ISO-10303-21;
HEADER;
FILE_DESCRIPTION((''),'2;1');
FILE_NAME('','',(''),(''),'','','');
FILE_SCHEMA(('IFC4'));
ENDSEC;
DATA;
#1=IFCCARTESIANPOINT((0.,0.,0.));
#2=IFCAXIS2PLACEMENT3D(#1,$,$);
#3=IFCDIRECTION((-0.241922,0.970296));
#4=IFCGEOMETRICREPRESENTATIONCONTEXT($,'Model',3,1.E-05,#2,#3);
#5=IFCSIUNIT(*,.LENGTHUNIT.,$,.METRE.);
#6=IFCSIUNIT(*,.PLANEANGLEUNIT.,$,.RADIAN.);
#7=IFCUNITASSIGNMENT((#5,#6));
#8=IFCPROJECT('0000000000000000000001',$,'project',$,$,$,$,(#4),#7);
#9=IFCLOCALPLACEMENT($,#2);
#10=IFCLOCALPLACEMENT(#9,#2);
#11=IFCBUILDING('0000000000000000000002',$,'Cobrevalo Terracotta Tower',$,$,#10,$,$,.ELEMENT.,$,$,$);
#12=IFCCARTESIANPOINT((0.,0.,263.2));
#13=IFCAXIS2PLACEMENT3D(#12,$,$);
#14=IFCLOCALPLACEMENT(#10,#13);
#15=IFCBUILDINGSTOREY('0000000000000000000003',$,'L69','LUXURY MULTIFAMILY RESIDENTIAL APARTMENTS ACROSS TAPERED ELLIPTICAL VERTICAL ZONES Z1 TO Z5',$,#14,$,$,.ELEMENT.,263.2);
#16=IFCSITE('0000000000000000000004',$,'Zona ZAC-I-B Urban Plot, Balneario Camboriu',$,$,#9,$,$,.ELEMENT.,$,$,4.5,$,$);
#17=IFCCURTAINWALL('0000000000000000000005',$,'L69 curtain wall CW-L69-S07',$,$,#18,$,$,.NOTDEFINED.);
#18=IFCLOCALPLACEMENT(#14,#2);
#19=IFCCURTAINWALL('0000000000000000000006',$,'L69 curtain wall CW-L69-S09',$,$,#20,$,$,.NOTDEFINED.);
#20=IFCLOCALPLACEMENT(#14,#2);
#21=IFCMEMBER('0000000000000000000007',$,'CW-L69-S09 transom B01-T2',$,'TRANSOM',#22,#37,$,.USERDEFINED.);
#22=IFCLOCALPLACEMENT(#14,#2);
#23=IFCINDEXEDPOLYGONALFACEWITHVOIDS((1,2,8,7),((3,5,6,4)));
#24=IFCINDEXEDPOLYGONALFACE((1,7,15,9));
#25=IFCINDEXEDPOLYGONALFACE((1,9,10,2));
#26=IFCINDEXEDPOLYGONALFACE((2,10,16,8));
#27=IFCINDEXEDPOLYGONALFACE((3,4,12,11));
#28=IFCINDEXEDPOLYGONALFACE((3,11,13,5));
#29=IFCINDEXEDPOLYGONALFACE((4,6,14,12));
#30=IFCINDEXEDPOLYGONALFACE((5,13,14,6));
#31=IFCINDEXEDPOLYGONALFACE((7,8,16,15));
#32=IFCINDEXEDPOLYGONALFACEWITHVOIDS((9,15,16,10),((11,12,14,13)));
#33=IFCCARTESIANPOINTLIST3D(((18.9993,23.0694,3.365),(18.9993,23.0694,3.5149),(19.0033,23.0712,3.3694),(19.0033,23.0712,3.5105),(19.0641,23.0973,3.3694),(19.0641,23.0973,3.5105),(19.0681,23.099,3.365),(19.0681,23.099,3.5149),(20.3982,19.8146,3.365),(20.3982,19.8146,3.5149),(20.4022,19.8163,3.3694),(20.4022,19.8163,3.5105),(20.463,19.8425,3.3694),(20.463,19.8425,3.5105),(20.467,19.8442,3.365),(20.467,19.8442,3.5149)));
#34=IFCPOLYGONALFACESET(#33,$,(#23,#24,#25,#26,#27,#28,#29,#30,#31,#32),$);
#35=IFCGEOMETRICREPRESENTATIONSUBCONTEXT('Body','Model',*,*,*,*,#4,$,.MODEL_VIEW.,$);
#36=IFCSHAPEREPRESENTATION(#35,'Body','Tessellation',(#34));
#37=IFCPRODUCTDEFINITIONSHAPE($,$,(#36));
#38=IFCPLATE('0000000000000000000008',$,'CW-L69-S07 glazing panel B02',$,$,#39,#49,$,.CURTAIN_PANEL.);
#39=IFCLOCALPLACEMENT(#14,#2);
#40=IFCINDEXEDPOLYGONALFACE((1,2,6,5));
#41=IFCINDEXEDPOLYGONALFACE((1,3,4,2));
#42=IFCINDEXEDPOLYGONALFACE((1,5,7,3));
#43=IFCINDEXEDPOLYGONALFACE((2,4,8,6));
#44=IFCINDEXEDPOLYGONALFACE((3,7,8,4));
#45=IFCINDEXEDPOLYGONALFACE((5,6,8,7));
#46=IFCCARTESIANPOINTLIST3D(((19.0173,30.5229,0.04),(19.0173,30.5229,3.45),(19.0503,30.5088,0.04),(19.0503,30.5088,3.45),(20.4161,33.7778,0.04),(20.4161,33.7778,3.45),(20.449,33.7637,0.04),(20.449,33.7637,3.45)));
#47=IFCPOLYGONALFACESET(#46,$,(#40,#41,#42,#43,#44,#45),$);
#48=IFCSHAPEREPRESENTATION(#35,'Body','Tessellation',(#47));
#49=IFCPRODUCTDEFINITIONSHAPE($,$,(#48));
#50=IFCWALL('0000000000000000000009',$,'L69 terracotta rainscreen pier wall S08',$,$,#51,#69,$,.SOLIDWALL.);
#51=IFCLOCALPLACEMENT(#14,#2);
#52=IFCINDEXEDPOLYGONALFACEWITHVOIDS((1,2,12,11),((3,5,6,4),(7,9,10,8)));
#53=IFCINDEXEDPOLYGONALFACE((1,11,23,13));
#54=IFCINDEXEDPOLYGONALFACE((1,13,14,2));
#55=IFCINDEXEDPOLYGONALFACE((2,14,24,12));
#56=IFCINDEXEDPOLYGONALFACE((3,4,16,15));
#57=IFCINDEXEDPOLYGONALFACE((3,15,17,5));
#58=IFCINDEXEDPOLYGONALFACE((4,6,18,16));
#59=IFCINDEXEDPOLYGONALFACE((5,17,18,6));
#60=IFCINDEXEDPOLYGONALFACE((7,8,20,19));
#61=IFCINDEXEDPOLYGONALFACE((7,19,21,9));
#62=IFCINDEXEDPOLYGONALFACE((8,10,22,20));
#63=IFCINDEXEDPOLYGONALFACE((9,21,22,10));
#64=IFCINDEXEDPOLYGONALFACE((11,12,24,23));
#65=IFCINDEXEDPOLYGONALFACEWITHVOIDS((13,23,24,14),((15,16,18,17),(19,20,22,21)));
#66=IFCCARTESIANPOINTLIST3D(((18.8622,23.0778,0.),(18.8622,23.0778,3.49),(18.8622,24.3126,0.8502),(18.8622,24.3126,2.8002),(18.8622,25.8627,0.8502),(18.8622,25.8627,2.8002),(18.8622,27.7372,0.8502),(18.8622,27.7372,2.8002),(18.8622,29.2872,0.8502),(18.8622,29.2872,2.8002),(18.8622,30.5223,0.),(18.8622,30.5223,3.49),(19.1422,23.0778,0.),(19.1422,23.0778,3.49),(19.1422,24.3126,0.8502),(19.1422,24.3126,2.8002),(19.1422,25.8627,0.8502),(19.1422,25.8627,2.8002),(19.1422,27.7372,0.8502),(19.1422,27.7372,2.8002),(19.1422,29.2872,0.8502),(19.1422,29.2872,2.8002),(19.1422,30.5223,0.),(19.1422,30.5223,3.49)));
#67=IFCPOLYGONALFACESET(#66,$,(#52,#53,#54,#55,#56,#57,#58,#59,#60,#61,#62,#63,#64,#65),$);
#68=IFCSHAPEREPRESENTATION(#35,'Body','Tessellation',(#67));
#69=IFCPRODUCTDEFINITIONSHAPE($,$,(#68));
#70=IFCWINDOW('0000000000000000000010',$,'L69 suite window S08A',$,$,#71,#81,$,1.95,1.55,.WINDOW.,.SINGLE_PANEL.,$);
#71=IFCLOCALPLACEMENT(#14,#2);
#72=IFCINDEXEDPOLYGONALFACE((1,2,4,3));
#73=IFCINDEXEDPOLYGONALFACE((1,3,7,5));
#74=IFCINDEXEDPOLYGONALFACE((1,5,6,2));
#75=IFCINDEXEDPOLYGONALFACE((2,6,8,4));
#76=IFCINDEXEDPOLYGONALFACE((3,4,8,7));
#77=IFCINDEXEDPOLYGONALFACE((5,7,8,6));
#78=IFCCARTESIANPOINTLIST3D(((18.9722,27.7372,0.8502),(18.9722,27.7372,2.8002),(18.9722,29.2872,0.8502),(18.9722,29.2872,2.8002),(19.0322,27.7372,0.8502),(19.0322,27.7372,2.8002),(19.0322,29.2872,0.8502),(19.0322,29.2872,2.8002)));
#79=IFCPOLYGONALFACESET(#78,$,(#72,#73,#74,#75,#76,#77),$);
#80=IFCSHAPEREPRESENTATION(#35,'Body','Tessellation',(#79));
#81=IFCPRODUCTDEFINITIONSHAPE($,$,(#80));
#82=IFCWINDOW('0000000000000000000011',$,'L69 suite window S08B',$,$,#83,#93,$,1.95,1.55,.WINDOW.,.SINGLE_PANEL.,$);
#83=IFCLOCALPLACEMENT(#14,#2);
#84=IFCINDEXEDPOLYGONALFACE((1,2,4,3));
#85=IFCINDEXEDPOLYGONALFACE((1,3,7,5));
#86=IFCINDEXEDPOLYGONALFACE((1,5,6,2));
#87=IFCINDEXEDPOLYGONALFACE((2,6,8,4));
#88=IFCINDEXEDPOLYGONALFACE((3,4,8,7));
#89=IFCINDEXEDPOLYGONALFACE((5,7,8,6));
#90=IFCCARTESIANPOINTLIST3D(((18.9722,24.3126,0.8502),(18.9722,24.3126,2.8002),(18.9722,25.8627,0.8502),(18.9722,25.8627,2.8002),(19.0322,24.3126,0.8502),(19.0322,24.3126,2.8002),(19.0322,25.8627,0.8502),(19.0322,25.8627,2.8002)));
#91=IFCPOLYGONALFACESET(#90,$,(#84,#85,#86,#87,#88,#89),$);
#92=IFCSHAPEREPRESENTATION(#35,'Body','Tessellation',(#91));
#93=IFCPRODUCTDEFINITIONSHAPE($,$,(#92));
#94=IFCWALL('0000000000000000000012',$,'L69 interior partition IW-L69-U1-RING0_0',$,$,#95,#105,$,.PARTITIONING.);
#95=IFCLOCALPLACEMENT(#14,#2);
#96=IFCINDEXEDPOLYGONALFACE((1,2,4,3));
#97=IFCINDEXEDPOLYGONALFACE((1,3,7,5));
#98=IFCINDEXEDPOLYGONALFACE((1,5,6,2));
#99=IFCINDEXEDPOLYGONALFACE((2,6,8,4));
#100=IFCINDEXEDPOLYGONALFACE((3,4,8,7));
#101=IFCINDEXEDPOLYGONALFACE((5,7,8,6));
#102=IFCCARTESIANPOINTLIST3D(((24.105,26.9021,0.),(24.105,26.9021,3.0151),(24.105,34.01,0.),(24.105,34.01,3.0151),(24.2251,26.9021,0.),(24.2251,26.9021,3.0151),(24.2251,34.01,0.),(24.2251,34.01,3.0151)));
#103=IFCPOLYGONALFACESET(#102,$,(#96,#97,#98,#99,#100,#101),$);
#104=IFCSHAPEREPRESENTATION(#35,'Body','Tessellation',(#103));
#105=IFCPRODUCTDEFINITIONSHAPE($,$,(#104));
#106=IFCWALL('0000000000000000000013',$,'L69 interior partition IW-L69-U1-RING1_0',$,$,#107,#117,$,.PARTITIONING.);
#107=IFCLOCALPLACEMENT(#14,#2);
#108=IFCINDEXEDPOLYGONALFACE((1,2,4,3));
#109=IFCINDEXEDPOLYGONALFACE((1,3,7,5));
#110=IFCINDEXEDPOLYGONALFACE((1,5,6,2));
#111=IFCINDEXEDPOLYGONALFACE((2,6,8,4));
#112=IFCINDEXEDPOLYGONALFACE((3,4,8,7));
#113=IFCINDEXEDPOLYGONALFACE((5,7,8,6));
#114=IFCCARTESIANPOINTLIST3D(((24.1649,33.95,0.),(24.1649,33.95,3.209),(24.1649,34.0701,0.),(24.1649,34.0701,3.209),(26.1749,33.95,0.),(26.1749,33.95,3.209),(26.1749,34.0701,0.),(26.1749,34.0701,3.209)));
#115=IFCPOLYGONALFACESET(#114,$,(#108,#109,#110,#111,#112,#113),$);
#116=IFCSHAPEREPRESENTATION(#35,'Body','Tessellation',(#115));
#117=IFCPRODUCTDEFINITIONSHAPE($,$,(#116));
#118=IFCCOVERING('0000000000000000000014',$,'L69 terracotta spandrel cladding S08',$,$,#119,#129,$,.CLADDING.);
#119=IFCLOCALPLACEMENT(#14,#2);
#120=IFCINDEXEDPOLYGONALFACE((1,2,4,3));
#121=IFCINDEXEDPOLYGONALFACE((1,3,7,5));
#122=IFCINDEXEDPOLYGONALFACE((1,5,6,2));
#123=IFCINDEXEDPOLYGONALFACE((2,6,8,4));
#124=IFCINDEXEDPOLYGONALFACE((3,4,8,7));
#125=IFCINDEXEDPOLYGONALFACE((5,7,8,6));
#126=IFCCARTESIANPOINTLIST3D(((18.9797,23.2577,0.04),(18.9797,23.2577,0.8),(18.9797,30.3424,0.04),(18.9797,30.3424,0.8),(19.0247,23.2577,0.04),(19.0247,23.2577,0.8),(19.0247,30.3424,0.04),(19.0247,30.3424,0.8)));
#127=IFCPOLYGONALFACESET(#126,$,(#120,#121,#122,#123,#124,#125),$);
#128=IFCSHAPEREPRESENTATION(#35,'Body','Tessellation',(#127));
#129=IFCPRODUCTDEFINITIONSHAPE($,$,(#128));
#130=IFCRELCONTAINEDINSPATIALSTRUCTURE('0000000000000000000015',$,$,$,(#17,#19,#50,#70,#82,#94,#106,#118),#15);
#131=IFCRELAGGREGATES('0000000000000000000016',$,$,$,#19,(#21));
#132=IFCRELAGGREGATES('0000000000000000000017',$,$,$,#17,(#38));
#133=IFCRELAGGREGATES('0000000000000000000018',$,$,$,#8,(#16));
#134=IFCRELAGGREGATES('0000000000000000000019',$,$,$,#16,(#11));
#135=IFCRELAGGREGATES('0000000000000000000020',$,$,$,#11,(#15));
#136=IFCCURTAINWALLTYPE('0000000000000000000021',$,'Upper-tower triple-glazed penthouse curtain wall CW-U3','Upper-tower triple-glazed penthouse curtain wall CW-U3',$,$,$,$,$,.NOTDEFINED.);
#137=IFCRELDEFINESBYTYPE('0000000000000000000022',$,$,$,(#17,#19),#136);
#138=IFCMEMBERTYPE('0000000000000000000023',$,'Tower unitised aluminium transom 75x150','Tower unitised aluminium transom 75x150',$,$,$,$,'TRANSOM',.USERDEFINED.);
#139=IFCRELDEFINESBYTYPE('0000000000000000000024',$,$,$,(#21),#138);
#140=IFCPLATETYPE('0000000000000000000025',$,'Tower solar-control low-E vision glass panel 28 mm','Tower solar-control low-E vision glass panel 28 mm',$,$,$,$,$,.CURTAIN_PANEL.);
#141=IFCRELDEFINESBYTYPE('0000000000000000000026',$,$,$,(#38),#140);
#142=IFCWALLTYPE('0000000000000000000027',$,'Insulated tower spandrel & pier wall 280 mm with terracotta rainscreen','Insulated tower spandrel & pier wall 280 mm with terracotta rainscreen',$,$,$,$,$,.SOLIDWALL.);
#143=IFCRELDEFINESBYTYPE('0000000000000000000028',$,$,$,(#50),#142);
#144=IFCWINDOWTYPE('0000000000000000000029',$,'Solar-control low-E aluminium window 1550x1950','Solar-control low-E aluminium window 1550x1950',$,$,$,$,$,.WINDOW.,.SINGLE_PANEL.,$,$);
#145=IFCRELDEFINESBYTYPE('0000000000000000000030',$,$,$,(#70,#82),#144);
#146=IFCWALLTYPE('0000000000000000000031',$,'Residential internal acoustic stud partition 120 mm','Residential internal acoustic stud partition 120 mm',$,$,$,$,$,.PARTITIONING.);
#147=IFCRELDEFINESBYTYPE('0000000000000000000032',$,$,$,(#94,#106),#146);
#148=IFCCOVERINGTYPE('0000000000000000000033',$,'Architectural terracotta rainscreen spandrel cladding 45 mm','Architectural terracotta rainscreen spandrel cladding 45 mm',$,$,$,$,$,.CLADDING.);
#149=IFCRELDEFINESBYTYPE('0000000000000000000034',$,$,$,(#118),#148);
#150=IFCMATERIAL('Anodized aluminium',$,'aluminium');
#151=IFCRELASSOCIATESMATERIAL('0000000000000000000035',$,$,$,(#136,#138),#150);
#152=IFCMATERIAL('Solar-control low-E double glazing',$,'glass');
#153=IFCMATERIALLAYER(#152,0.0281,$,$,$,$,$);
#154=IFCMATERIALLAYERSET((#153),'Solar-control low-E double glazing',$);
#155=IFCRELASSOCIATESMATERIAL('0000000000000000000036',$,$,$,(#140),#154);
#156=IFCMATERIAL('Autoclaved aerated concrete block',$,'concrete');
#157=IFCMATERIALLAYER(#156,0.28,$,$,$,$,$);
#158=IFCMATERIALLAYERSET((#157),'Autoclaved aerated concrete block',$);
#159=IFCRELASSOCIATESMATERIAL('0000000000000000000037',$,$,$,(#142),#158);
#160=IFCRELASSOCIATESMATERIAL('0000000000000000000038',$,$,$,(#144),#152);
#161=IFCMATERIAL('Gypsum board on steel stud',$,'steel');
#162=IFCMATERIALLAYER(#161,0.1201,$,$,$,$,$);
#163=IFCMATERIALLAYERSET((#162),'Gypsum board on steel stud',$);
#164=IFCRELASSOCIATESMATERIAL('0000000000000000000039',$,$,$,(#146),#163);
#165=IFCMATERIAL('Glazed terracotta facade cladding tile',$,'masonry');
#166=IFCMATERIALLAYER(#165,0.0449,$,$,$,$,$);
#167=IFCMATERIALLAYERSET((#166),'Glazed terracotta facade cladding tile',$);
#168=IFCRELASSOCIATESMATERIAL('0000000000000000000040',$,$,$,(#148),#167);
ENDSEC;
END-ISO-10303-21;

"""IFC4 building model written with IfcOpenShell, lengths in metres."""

from ifc_helpers import new_model, si_unit, direction, frame, frame_2d, origin, origin_2d, place, context, subcontext, project, spatial, rectangle, hollow_rectangle, extrude, source, transform, mapped, material, layer, layer_set, material_profile, profile_set, type_object, element, fill, aggregate, save


model = new_model("IFC4")

# Units and contexts
model_context = context("Model", 3, precision=1e-05, world=origin(), true_north=direction((-0.241922, 0.970296)))
body_context = subcontext(model_context, "Body", "Model", "MODEL_VIEW")
ifc_project = project(units=[si_unit("LENGTHUNIT", "METRE"), si_unit("PLANEANGLEUNIT", "RADIAN")], contexts=[model_context])

# Site, building, storey
site_placement = place(None, origin())
site = spatial("IfcSite", under=ifc_project, at=site_placement, Name="Zona ZAC-I-B Urban Plot, Balneario Camboriu", CompositionType="ELEMENT", RefElevation=4.5)
building_placement = place(site_placement, origin())
building = spatial("IfcBuilding", under=site, at=building_placement, Name="Cobrevalo Terracotta Tower", CompositionType="ELEMENT")
storey_placement = place(building_placement, frame((0.0, 0.0, 263.2)))
storey = spatial("IfcBuildingStorey", under=building, at=storey_placement, Name="L69", Description="LUXURY MULTIFAMILY RESIDENTIAL APARTMENTS ACROSS TAPERED ELLIPTICAL VERTICAL ZONES Z1 TO Z5", CompositionType="ELEMENT", Elevation=263.2)

# Curtain wall
ifc_material_1 = material(Name="Anodized aluminium", Category="aluminium")
curtain_wall_type = type_object("IfcCurtainWallType", Name="Upper-tower triple-glazed penthouse curtain wall CW-U3", Description="Upper-tower triple-glazed penthouse curtain wall CW-U3", PredefinedType="NOTDEFINED", material=ifc_material_1)
curtain_wall_1_placement = place(storey_placement, origin())
curtain_wall_1 = element("IfcCurtainWall", 1, at=curtain_wall_1_placement, inside=storey, type_object=curtain_wall_type, Name="L69 curtain wall CW-L69-S07", PredefinedType="NOTDEFINED")

# Curtain wall
curtain_wall_2_placement = place(storey_placement, origin())
curtain_wall_2 = element("IfcCurtainWall", 2, at=curtain_wall_2_placement, inside=storey, type_object=curtain_wall_type, Name="L69 curtain wall CW-L69-S09", PredefinedType="NOTDEFINED")

# Member
ifc_material_profile_1 = material_profile(ifc_material_1, hollow_rectangle(XDim=0.075, YDim=0.1499, WallThickness=0.0044, at=origin_2d()), Name="CWT 75x150")
ifc_profile_set_1 = profile_set([ifc_material_profile_1], Name="Anodized aluminium")
member_type_1 = type_object("IfcMemberType", Name="Tower unitised aluminium transom 75x150", Description="Tower unitised aluminium transom 75x150", ElementType="TRANSOM", PredefinedType="USERDEFINED", material=ifc_profile_set_1)
shared_shape_1 = source(origin(), body_context, "Body", "SweptSolid", [
    extrude(hollow_rectangle(XDim=0.075, YDim=0.1499, WallThickness=0.0044, at=origin_2d()), origin(), (0.0, 0.0, 1.0), 3.5427),
])
member_1_placement = place(storey_placement, frame((19.0337, 23.0842, 3.4399), z_axis=(0.394867, -0.918738, 0.0), x_axis=(0.918738, 0.394867, 0.0)))
member_1 = element("IfcMember", 3, at=member_1_placement, type_object=member_type_1, Name="CW-L69-S09 transom B01-T2", ObjectType="TRANSOM", PredefinedType="USERDEFINED", context=body_context, shape_type="MappedRepresentation", body=[
    mapped(shared_shape_1, transform((0.0, 0.0, 0.0), scale=1.0)),
])
aggregate(curtain_wall_2, [member_1])

# Plate
ifc_material_2 = material(Name="Solar-control low-E double glazing", Category="glass")
ifc_layer_1 = layer(ifc_material_2, 0.0281)
ifc_layer_set_1 = layer_set([ifc_layer_1], Name="Solar-control low-E double glazing")
plate_type = type_object("IfcPlateType", Name="Tower solar-control low-E vision glass panel 28 mm", Description="Tower solar-control low-E vision glass panel 28 mm", PredefinedType="CURTAIN_PANEL", material=ifc_layer_set_1)
shared_shape_2 = source(origin(), body_context, "Body", "SweptSolid", [
    extrude(rectangle(XDim=3.5427, YDim=0.0359, at=origin_2d()), origin(), (0.0, 0.0, 1.0), 3.4099),
])
plate_placement = place(storey_placement, frame((19.7332, 32.1433, 0.04), z_axis=(0.0, 0.0, 1.0), x_axis=(-0.394829, -0.918755, 0.0)))
plate = element("IfcPlate", 4, at=plate_placement, type_object=plate_type, Name="CW-L69-S07 glazing panel B02", PredefinedType="CURTAIN_PANEL", context=body_context, shape_type="MappedRepresentation", body=[
    mapped(shared_shape_2, transform((0.0, 0.0, 0.0), scale=1.0)),
])
aggregate(curtain_wall_1, [plate])

# Wall, openings, windows
ifc_material_3 = material(Name="Autoclaved aerated concrete block", Category="concrete")
ifc_layer_2 = layer(ifc_material_3, 0.28)
ifc_layer_set_2 = layer_set([ifc_layer_2], Name="Autoclaved aerated concrete block")
wall_type_1 = type_object("IfcWallType", Name="Insulated tower spandrel & pier wall 280 mm with terracotta rainscreen", Description="Insulated tower spandrel & pier wall 280 mm with terracotta rainscreen", PredefinedType="SOLIDWALL", material=ifc_layer_set_2)
wall_1_placement = place(storey_placement, frame((19.0022, 30.5222, 0.0), z_axis=(0.0, 0.0, 1.0), x_axis=(0.0, -1.0, 0.0)))
wall_1 = element("IfcWall", 5, at=wall_1_placement, inside=storey, type_object=wall_type_1, Name="L69 terracotta rainscreen pier wall S08", PredefinedType="SOLIDWALL", context=body_context, shape_type="SweptSolid", body=[
    extrude(rectangle(XDim=7.4446, YDim=0.28, at=frame_2d((3.7222, 0.0))), origin(), (0.0, 0.0, 1.0), 3.49),
])
opening_1_placement = place(wall_1_placement, frame((1.2351, 0.0, 0.8501)))
opening_1 = element("IfcOpeningElement", 6, at=opening_1_placement, cuts=wall_1, PredefinedType="OPENING", context=body_context, shape_type="SweptSolid", body=[
    extrude(rectangle(XDim=1.55, YDim=1.95, at=frame_2d((0.7749, 0.9751))), frame((0.0, 0.1499, 0.0), z_axis=(0.0, -1.0, 0.0), x_axis=(1.0, 0.0, 0.0)), (0.0, 0.0, 1.0), 0.3),
])
opening_2_placement = place(wall_1_placement, frame((4.6597, 0.0, 0.8501)))
opening_2 = element("IfcOpeningElement", 7, at=opening_2_placement, cuts=wall_1, PredefinedType="OPENING", context=body_context, shape_type="SweptSolid", body=[
    extrude(rectangle(XDim=1.55, YDim=1.95, at=frame_2d((0.7749, 0.9751))), frame((0.0, 0.1499, 0.0), z_axis=(0.0, -1.0, 0.0), x_axis=(1.0, 0.0, 0.0)), (0.0, 0.0, 1.0), 0.3),
])
window_type = type_object("IfcWindowType", Name="Solar-control low-E aluminium window 1550x1950", Description="Solar-control low-E aluminium window 1550x1950", PartitioningType="SINGLE_PANEL", PredefinedType="WINDOW", material=ifc_material_2)
shared_shape_3 = source(origin(), body_context, "Body", "SweptSolid", [
    extrude(rectangle(XDim=1.55, YDim=1.95, at=frame_2d((0.7749, 0.9751))), frame((0.0, 0.03, 0.0), z_axis=(0.0, -1.0, 0.0), x_axis=(1.0, 0.0, 0.0)), (0.0, 0.0, 1.0), 0.0601),
])
window_1_placement = place(opening_1_placement, origin())
window_1 = element("IfcWindow", 8, at=window_1_placement, inside=storey, type_object=window_type, Name="L69 suite window S08A", OverallHeight=1.95, OverallWidth=1.55, PartitioningType="SINGLE_PANEL", PredefinedType="WINDOW", context=body_context, shape_type="MappedRepresentation", body=[
    mapped(shared_shape_3, transform((0.0, 0.0, 0.0), scale=1.0)),
])
fill(opening_1, window_1)
window_2_placement = place(opening_2_placement, origin())
window_2 = element("IfcWindow", 9, at=window_2_placement, inside=storey, type_object=window_type, Name="L69 suite window S08B", OverallHeight=1.95, OverallWidth=1.55, PartitioningType="SINGLE_PANEL", PredefinedType="WINDOW", context=body_context, shape_type="MappedRepresentation", body=[
    mapped(shared_shape_3, transform((0.0, 0.0, 0.0), scale=1.0)),
])
fill(opening_2, window_2)

# Walls
ifc_material_4 = material(Name="Gypsum board on steel stud", Category="steel")
ifc_layer_3 = layer(ifc_material_4, 0.1201)
ifc_layer_set_3 = layer_set([ifc_layer_3], Name="Gypsum board on steel stud")
wall_type_2 = type_object("IfcWallType", Name="Residential internal acoustic stud partition 120 mm", Description="Residential internal acoustic stud partition 120 mm", PredefinedType="PARTITIONING", material=ifc_layer_set_3)
wall_2_placement = place(storey_placement, frame((24.165, 26.9021, 0.0), z_axis=(0.0, 0.0, 1.0), x_axis=(0.0, 1.0, 0.0)))
element("IfcWall", 10, at=wall_2_placement, inside=storey, type_object=wall_type_2, Name="L69 interior partition IW-L69-U1-RING0_0", PredefinedType="PARTITIONING", context=body_context, shape_type="SweptSolid", body=[
    extrude(rectangle(XDim=7.1079, YDim=0.1201, at=frame_2d((3.554, 0.0))), origin(), (0.0, 0.0, 1.0), 3.0151),
])
wall_3_placement = place(storey_placement, frame((24.165, 34.01, 0.0), z_axis=(0.0, 0.0, 1.0), x_axis=(1.0, 0.0, 0.0)))
element("IfcWall", 11, at=wall_3_placement, inside=storey, type_object=wall_type_2, Name="L69 interior partition IW-L69-U1-RING1_0", PredefinedType="PARTITIONING", context=body_context, shape_type="SweptSolid", body=[
    extrude(rectangle(XDim=2.01, YDim=0.1201, at=frame_2d((1.0049, 0.0))), origin(), (0.0, 0.0, 1.0), 3.209),
])

# Covering
ifc_material_5 = material(Name="Glazed terracotta facade cladding tile", Category="masonry")
ifc_layer_4 = layer(ifc_material_5, 0.0449)
ifc_layer_set_4 = layer_set([ifc_layer_4], Name="Glazed terracotta facade cladding tile")
covering_type = type_object("IfcCoveringType", Name="Architectural terracotta rainscreen spandrel cladding 45 mm", Description="Architectural terracotta rainscreen spandrel cladding 45 mm", PredefinedType="CLADDING", material=ifc_layer_set_4)
shared_shape_4 = source(origin(), body_context, "Body", "SweptSolid", [
    extrude(rectangle(XDim=7.0847, YDim=0.0449, at=origin_2d()), origin(), (0.0, 0.0, 1.0), 0.76),
])
covering_placement = place(storey_placement, frame((19.0022, 26.8, 0.04), z_axis=(0.0, 0.0, 1.0), x_axis=(0.0, -1.0, 0.0)))
element("IfcCovering", 12, at=covering_placement, inside=storey, type_object=covering_type, Name="L69 terracotta spandrel cladding S08", PredefinedType="CLADDING", context=body_context, shape_type="MappedRepresentation", body=[
    mapped(shared_shape_4, transform((0.0, 0.0, 0.0), scale=1.0)),
])

save(model, "model.ifc")
